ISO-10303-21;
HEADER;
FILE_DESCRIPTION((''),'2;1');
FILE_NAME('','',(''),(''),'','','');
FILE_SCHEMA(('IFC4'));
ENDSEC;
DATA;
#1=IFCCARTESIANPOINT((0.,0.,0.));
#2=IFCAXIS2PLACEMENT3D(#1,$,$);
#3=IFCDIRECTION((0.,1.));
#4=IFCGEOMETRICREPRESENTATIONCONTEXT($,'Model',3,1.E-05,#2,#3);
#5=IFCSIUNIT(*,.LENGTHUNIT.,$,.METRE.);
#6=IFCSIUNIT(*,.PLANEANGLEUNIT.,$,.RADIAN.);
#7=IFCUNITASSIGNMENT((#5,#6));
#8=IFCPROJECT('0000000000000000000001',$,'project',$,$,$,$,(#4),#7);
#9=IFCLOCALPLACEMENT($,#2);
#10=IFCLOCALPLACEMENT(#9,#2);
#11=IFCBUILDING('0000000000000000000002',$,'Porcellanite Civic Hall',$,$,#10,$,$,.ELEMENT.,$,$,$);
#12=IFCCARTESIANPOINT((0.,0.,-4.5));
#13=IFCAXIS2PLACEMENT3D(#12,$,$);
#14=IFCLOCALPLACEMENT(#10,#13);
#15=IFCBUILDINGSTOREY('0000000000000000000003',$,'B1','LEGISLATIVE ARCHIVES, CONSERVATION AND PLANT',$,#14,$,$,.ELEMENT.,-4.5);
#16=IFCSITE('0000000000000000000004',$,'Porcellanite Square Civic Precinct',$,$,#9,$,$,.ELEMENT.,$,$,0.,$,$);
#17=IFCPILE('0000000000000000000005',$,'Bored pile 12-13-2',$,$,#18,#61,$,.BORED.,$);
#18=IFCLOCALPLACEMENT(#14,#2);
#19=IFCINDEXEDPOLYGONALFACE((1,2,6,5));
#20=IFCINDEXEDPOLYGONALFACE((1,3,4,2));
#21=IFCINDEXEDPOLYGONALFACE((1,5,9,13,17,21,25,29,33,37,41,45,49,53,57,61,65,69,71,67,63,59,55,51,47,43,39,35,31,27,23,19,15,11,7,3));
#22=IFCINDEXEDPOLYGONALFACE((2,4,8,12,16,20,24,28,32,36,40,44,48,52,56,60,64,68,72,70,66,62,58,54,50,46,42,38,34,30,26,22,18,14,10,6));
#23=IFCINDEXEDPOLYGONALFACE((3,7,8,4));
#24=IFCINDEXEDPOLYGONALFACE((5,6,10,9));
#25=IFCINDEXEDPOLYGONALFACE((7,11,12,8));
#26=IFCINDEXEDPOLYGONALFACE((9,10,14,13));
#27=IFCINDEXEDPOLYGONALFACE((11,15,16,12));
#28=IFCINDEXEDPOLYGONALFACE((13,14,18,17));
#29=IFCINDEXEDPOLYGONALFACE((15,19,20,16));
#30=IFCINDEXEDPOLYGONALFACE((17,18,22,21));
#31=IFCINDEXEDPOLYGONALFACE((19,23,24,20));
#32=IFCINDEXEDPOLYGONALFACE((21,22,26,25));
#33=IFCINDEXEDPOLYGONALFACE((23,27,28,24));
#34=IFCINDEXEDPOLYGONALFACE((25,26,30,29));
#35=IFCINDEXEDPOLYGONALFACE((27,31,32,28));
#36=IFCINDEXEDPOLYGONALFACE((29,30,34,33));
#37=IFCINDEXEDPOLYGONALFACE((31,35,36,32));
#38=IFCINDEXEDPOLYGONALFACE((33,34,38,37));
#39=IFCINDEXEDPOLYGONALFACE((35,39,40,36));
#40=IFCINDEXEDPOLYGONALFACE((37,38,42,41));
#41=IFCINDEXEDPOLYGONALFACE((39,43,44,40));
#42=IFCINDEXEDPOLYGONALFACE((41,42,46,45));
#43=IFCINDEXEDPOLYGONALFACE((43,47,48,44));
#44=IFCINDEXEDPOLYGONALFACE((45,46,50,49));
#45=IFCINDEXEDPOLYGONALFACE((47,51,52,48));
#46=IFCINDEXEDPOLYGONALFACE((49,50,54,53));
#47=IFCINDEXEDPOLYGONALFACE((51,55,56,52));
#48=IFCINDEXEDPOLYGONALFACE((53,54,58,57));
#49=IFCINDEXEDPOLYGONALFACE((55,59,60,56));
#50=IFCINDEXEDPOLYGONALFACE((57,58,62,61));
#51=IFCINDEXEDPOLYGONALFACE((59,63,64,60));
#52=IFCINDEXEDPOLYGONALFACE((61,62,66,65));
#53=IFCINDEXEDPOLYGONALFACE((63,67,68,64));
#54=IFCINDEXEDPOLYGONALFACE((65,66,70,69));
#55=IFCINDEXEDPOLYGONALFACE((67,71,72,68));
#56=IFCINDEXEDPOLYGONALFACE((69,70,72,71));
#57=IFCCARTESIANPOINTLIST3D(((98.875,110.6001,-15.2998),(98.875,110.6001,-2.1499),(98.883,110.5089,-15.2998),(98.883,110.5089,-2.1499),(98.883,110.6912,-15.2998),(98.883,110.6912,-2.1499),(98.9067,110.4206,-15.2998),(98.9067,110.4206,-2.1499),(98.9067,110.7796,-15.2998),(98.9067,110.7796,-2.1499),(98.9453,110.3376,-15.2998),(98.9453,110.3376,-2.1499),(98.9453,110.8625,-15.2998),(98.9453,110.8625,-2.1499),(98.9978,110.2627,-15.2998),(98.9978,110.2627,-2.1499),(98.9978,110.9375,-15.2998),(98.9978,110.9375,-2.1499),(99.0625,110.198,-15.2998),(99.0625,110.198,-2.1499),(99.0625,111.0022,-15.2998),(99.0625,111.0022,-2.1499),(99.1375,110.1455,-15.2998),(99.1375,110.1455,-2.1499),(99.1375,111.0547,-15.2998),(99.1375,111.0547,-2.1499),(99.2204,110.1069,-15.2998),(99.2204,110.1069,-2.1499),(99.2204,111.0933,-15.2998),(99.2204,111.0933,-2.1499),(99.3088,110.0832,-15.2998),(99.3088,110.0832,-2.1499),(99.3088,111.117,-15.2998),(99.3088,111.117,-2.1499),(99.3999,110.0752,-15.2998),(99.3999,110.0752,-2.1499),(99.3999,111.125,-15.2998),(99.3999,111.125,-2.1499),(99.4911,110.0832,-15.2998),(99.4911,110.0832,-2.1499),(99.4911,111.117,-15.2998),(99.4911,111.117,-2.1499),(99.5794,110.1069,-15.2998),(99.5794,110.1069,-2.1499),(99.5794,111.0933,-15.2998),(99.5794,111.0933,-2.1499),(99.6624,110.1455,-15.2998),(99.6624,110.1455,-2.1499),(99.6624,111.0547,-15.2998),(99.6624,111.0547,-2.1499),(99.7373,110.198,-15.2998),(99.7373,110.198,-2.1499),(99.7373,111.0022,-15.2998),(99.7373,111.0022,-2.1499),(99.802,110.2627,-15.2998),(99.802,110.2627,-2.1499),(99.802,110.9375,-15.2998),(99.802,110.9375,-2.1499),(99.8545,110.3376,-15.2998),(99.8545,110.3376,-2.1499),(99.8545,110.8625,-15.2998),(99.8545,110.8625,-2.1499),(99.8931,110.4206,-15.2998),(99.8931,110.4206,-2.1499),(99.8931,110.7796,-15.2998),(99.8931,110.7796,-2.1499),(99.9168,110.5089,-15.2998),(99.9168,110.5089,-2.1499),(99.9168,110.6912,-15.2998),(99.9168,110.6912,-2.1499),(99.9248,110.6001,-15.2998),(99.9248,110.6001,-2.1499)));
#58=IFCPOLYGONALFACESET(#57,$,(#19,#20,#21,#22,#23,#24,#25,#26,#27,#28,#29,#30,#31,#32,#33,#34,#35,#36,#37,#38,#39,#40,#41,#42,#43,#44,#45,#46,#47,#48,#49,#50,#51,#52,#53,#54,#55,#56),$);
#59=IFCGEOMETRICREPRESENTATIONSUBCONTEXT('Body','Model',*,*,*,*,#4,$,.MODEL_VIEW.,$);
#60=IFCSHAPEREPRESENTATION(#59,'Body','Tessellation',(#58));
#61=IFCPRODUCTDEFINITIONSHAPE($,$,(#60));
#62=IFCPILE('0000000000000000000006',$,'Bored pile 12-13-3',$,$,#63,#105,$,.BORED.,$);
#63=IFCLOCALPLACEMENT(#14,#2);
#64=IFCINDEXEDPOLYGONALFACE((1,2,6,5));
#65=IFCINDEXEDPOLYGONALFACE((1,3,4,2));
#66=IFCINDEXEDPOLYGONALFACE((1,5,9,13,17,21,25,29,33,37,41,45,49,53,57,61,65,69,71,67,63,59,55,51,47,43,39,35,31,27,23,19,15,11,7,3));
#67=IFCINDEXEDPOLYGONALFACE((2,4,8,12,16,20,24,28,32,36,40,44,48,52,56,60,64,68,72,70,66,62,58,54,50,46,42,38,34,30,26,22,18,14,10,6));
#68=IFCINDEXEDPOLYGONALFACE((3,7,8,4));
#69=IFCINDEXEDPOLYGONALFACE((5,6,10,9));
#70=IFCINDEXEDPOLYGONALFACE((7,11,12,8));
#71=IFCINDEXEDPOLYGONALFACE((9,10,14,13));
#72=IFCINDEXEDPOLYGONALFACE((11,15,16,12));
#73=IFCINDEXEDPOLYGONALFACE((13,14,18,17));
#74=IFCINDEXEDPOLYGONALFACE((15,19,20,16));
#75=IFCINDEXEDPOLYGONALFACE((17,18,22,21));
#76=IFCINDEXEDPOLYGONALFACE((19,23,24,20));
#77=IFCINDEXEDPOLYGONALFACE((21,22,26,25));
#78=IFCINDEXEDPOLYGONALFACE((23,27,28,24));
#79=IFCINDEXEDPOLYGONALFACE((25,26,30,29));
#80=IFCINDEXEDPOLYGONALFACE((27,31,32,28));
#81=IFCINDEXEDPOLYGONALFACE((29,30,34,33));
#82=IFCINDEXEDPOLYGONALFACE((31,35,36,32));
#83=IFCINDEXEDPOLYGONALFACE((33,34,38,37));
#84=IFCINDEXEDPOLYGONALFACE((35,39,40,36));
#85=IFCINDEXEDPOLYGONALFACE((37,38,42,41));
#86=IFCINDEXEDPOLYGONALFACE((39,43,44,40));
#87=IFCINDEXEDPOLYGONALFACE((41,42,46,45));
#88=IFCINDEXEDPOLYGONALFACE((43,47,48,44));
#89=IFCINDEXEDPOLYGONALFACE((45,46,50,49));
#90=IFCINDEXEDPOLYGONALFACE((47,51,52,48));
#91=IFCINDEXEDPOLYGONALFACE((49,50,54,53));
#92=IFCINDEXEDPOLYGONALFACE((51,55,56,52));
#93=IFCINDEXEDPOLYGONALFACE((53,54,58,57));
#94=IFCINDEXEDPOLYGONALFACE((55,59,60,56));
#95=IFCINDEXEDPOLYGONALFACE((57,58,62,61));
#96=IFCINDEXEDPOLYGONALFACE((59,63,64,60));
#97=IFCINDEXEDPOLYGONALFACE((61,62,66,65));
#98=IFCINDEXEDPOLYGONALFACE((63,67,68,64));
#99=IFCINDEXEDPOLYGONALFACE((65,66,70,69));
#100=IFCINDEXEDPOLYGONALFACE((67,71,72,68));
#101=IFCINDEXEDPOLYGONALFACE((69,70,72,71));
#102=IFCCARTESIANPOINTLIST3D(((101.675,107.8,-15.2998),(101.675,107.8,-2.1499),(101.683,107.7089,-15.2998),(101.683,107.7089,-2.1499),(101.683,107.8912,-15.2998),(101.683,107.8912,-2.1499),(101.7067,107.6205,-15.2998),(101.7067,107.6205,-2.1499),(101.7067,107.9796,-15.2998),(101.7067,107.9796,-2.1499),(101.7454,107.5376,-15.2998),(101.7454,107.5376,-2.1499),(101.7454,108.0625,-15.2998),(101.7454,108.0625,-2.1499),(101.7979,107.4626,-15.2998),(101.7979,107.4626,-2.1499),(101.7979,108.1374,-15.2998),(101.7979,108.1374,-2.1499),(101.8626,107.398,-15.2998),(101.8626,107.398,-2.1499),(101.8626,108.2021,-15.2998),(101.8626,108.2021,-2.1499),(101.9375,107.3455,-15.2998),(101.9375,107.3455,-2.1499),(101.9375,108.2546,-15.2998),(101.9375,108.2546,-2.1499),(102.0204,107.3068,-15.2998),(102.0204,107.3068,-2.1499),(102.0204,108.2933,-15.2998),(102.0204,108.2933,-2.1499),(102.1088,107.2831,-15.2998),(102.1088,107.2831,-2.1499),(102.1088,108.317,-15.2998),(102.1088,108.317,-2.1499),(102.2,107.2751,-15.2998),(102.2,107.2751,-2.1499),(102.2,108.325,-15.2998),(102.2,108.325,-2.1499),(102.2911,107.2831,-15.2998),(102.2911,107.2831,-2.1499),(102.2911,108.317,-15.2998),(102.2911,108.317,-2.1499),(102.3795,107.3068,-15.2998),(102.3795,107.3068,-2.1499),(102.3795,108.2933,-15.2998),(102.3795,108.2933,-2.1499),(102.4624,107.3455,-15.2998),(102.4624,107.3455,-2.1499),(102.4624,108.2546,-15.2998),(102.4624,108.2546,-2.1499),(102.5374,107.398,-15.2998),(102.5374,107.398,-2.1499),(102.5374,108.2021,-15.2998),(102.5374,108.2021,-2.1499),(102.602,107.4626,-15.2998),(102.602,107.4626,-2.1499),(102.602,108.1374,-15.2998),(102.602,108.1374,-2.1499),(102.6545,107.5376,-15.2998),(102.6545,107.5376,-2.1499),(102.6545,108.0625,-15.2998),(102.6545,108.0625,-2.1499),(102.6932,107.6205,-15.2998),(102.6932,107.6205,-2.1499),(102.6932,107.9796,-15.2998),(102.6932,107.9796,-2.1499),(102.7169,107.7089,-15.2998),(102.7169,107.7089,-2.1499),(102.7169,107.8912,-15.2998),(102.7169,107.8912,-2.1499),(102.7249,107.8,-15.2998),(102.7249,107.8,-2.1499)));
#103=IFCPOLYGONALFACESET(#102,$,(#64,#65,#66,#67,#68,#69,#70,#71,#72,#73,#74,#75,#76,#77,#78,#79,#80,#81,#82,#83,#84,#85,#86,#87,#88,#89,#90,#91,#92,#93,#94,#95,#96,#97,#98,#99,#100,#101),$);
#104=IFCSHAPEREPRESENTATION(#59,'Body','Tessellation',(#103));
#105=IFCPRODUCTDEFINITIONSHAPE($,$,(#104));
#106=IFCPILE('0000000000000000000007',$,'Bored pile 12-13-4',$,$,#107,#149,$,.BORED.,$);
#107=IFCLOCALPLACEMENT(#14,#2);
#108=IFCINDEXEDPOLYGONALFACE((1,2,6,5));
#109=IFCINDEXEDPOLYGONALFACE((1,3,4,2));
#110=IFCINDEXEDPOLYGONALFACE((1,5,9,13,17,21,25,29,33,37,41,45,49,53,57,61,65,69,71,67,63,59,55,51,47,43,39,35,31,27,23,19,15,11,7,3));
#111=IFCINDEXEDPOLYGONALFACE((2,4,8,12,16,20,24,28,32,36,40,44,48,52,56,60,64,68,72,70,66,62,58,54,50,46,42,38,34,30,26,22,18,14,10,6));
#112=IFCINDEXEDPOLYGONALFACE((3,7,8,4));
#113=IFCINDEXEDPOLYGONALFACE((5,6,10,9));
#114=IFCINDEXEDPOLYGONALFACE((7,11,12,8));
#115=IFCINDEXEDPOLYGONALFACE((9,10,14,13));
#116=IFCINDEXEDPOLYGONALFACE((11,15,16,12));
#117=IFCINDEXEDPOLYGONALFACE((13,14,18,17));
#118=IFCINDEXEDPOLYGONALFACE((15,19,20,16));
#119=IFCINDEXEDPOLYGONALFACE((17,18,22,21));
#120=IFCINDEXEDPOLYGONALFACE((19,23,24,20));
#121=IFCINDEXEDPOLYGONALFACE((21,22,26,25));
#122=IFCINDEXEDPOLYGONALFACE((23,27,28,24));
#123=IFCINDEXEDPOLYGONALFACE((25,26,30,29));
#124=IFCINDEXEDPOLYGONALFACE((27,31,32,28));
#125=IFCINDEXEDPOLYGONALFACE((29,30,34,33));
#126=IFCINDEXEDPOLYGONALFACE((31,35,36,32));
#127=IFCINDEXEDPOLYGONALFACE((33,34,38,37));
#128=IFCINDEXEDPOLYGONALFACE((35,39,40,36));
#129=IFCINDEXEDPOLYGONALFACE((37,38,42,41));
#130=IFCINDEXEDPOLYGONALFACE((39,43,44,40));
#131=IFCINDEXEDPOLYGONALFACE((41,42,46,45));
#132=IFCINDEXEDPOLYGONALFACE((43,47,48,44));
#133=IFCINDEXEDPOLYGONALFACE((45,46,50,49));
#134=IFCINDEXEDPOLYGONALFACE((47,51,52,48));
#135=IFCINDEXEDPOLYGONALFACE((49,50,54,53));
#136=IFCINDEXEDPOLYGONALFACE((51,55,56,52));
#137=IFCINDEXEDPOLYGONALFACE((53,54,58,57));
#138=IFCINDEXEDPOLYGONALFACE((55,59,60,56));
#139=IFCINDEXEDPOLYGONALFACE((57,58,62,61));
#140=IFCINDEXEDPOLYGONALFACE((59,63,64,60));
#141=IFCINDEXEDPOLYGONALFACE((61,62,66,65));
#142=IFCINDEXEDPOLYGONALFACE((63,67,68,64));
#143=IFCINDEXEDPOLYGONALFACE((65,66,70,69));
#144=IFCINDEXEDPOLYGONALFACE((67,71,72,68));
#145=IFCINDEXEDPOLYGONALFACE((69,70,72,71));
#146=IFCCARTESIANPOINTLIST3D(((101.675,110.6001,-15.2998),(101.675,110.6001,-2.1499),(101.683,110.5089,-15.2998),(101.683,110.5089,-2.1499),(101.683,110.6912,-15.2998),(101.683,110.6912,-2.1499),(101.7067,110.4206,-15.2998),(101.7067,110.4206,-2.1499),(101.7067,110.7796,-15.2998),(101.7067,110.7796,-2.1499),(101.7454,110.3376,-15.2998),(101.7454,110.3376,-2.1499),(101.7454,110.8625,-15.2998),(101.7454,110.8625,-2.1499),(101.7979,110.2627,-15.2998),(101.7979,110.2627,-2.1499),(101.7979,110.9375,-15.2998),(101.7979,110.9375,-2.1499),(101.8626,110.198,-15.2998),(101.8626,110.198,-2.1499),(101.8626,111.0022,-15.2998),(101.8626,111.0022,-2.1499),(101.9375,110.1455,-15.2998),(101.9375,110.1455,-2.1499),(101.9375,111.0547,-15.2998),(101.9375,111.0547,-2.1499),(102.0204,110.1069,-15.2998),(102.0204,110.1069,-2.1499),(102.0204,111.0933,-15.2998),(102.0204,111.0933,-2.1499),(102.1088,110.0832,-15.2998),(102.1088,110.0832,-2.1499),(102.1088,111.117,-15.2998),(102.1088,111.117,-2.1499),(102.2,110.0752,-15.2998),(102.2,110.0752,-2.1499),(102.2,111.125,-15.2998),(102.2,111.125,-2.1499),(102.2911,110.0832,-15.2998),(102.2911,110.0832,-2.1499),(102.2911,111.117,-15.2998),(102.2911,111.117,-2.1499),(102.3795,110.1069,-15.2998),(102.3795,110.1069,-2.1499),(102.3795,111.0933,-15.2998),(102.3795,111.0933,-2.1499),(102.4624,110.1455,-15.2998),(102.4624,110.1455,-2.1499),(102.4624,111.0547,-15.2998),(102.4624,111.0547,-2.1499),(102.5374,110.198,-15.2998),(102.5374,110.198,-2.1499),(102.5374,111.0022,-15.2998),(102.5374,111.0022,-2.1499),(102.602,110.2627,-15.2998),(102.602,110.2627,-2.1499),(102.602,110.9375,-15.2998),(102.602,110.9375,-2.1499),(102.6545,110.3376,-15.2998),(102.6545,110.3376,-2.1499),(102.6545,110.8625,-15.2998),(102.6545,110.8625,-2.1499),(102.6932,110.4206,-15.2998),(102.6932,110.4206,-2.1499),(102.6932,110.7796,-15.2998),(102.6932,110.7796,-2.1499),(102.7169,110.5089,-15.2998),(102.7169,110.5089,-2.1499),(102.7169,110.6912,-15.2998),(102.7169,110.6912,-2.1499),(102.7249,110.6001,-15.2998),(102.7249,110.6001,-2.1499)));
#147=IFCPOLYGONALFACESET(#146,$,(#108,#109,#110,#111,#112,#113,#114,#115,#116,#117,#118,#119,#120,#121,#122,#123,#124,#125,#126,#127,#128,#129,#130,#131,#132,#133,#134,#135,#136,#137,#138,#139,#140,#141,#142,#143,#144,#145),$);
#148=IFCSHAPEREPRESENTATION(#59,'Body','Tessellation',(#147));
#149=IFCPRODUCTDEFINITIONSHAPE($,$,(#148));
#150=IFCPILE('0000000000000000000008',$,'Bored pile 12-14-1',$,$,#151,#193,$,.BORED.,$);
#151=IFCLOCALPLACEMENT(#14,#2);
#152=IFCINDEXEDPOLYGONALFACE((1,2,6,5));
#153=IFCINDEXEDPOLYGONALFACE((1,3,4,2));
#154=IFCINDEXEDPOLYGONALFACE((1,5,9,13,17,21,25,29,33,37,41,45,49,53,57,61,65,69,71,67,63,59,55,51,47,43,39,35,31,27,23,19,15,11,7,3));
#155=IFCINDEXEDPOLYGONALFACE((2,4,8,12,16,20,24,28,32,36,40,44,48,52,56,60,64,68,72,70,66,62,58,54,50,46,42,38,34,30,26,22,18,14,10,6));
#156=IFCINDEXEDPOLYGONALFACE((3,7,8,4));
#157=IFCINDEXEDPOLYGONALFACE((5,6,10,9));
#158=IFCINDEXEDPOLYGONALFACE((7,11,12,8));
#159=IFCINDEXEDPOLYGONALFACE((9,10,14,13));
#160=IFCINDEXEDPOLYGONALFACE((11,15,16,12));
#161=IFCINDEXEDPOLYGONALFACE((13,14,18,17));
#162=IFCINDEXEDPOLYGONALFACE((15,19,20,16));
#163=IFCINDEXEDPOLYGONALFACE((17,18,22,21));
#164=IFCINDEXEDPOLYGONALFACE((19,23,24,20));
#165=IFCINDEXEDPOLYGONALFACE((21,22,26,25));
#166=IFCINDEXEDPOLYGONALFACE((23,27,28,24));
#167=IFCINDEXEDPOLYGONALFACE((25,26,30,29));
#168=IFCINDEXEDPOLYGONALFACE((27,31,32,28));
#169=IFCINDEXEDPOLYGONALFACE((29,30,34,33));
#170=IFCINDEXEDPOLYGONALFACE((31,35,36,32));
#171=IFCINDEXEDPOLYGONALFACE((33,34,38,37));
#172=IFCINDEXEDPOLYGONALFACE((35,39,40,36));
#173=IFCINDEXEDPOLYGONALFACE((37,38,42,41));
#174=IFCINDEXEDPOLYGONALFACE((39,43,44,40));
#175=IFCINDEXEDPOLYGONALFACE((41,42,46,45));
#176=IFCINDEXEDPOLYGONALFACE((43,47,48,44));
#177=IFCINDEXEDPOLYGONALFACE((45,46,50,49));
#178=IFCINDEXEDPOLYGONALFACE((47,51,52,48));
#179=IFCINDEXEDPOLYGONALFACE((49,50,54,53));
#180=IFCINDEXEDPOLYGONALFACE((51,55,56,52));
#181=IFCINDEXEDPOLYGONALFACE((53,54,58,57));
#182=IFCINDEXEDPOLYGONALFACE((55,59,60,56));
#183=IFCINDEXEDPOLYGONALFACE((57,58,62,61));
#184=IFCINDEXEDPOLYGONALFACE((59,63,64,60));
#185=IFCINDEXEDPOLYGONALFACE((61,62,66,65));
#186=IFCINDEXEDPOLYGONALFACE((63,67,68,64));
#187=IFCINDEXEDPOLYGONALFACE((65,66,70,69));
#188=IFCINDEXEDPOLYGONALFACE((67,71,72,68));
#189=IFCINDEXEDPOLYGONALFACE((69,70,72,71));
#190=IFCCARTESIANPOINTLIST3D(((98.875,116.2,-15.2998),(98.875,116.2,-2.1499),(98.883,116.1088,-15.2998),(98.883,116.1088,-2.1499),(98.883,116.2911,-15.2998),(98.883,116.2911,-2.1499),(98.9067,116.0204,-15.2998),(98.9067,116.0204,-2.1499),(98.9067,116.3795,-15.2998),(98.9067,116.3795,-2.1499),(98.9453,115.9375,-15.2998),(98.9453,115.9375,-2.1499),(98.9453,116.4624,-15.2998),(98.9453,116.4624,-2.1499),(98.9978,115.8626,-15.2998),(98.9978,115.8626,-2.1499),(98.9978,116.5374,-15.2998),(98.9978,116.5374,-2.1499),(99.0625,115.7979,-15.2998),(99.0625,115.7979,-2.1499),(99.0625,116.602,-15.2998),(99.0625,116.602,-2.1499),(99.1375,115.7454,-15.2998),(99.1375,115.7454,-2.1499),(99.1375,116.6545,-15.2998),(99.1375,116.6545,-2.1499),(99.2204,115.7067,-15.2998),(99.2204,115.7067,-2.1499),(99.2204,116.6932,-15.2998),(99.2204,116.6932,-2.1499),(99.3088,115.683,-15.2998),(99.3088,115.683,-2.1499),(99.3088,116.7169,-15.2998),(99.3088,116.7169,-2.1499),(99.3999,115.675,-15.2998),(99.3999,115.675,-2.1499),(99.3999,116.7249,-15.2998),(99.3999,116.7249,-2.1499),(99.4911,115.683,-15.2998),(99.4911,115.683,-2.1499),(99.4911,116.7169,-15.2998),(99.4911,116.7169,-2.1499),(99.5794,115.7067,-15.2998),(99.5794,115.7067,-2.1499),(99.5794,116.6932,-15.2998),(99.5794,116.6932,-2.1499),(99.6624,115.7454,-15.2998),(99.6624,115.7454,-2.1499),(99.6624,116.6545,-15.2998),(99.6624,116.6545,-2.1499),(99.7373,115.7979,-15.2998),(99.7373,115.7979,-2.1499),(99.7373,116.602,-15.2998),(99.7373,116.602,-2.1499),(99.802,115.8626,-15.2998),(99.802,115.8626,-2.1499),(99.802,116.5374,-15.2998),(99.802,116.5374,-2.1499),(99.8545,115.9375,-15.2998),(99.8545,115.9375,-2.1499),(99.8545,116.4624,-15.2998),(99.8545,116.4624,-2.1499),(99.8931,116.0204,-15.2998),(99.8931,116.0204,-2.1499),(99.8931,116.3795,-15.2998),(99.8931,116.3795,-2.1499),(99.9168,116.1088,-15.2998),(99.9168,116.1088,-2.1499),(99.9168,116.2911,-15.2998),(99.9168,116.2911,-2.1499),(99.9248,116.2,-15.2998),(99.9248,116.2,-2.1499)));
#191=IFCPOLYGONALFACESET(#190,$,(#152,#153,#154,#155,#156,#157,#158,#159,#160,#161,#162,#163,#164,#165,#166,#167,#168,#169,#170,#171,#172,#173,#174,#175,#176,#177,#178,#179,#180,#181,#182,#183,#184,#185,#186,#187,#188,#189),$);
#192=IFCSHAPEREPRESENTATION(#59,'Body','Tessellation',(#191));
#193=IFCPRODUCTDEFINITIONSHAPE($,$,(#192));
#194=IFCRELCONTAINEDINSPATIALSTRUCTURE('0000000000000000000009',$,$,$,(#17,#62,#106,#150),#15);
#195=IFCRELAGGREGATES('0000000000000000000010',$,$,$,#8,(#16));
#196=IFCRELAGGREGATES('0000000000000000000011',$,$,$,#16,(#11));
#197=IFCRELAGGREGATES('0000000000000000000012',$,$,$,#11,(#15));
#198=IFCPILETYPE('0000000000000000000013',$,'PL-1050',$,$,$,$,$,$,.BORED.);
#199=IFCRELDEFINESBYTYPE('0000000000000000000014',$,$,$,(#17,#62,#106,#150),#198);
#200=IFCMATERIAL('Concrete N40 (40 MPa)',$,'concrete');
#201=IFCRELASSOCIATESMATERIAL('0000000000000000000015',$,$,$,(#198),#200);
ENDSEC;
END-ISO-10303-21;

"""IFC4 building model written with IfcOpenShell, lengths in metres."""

from ifc_helpers import new_model, si_unit, direction, frame, origin, origin_2d, place, context, subcontext, project, spatial, circle, extrude, material, material_profile, profile_set, type_object, element, save


model = new_model("IFC4")

# Units and contexts
model_context = context("Model", 3, precision=1e-05, world=origin(), true_north=direction((0.0, 1.0)))
body_context = subcontext(model_context, "Body", "Model", "MODEL_VIEW")
ifc_project = project(units=[si_unit("LENGTHUNIT", "METRE"), si_unit("PLANEANGLEUNIT", "RADIAN")], contexts=[model_context])

# Site, building, storey
site_placement = place(None, origin())
site = spatial("IfcSite", under=ifc_project, at=site_placement, Name="Porcellanite Square Civic Precinct", CompositionType="ELEMENT", RefElevation=0.0)
building_placement = place(site_placement, origin())
building = spatial("IfcBuilding", under=site, at=building_placement, Name="Porcellanite Civic Hall", CompositionType="ELEMENT")
storey_placement = place(building_placement, frame((0.0, 0.0, -4.5)))
storey = spatial("IfcBuildingStorey", under=building, at=storey_placement, Name="B1", Description="LEGISLATIVE ARCHIVES, CONSERVATION AND PLANT", CompositionType="ELEMENT", Elevation=-4.5)

# Piles
ifc_material_1 = material(Name="Concrete N40 (40 MPa)", Category="concrete")
ifc_material_profile_1 = material_profile(ifc_material_1, circle(Radius=0.5249, at=origin_2d()), Name="PILE-D1050")
ifc_profile_set_1 = profile_set([ifc_material_profile_1], Name="Concrete N40 (40 MPa)")
pile_type = type_object("IfcPileType", Name="PL-1050", PredefinedType="BORED", material=ifc_profile_set_1)
for number, where, z_axis, x_axis, name in (
    (1, (99.3999, 110.6001, -2.1499), (0.0, 0.0, -1.0), (1.0, 0.0, 0.0), "Bored pile 12-13-2"),
    (2, (102.2, 107.8, -2.1499), (0.0, 0.0, -1.0), (1.0, 0.0, 0.0), "Bored pile 12-13-3"),
    (3, (102.2, 110.6001, -2.1499), (0.0, 0.0, -1.0), (1.0, 0.0, 0.0), "Bored pile 12-13-4"),
    (4, (99.3999, 116.2, -2.1499), (0.0, 0.0, -1.0), (1.0, 0.0, 0.0), "Bored pile 12-14-1"),
):
    element("IfcPile", number, at=place(storey_placement, frame(where, z_axis=z_axis, x_axis=x_axis)), inside=storey, type_object=pile_type, Name=name, PredefinedType="BORED", context=body_context, shape_type="SweptSolid", body=[
        extrude(circle(Radius=0.5249, at=origin_2d()), origin(), (0.0, 0.0, 1.0), 13.1499),
    ])

save(model, "model.ifc")
